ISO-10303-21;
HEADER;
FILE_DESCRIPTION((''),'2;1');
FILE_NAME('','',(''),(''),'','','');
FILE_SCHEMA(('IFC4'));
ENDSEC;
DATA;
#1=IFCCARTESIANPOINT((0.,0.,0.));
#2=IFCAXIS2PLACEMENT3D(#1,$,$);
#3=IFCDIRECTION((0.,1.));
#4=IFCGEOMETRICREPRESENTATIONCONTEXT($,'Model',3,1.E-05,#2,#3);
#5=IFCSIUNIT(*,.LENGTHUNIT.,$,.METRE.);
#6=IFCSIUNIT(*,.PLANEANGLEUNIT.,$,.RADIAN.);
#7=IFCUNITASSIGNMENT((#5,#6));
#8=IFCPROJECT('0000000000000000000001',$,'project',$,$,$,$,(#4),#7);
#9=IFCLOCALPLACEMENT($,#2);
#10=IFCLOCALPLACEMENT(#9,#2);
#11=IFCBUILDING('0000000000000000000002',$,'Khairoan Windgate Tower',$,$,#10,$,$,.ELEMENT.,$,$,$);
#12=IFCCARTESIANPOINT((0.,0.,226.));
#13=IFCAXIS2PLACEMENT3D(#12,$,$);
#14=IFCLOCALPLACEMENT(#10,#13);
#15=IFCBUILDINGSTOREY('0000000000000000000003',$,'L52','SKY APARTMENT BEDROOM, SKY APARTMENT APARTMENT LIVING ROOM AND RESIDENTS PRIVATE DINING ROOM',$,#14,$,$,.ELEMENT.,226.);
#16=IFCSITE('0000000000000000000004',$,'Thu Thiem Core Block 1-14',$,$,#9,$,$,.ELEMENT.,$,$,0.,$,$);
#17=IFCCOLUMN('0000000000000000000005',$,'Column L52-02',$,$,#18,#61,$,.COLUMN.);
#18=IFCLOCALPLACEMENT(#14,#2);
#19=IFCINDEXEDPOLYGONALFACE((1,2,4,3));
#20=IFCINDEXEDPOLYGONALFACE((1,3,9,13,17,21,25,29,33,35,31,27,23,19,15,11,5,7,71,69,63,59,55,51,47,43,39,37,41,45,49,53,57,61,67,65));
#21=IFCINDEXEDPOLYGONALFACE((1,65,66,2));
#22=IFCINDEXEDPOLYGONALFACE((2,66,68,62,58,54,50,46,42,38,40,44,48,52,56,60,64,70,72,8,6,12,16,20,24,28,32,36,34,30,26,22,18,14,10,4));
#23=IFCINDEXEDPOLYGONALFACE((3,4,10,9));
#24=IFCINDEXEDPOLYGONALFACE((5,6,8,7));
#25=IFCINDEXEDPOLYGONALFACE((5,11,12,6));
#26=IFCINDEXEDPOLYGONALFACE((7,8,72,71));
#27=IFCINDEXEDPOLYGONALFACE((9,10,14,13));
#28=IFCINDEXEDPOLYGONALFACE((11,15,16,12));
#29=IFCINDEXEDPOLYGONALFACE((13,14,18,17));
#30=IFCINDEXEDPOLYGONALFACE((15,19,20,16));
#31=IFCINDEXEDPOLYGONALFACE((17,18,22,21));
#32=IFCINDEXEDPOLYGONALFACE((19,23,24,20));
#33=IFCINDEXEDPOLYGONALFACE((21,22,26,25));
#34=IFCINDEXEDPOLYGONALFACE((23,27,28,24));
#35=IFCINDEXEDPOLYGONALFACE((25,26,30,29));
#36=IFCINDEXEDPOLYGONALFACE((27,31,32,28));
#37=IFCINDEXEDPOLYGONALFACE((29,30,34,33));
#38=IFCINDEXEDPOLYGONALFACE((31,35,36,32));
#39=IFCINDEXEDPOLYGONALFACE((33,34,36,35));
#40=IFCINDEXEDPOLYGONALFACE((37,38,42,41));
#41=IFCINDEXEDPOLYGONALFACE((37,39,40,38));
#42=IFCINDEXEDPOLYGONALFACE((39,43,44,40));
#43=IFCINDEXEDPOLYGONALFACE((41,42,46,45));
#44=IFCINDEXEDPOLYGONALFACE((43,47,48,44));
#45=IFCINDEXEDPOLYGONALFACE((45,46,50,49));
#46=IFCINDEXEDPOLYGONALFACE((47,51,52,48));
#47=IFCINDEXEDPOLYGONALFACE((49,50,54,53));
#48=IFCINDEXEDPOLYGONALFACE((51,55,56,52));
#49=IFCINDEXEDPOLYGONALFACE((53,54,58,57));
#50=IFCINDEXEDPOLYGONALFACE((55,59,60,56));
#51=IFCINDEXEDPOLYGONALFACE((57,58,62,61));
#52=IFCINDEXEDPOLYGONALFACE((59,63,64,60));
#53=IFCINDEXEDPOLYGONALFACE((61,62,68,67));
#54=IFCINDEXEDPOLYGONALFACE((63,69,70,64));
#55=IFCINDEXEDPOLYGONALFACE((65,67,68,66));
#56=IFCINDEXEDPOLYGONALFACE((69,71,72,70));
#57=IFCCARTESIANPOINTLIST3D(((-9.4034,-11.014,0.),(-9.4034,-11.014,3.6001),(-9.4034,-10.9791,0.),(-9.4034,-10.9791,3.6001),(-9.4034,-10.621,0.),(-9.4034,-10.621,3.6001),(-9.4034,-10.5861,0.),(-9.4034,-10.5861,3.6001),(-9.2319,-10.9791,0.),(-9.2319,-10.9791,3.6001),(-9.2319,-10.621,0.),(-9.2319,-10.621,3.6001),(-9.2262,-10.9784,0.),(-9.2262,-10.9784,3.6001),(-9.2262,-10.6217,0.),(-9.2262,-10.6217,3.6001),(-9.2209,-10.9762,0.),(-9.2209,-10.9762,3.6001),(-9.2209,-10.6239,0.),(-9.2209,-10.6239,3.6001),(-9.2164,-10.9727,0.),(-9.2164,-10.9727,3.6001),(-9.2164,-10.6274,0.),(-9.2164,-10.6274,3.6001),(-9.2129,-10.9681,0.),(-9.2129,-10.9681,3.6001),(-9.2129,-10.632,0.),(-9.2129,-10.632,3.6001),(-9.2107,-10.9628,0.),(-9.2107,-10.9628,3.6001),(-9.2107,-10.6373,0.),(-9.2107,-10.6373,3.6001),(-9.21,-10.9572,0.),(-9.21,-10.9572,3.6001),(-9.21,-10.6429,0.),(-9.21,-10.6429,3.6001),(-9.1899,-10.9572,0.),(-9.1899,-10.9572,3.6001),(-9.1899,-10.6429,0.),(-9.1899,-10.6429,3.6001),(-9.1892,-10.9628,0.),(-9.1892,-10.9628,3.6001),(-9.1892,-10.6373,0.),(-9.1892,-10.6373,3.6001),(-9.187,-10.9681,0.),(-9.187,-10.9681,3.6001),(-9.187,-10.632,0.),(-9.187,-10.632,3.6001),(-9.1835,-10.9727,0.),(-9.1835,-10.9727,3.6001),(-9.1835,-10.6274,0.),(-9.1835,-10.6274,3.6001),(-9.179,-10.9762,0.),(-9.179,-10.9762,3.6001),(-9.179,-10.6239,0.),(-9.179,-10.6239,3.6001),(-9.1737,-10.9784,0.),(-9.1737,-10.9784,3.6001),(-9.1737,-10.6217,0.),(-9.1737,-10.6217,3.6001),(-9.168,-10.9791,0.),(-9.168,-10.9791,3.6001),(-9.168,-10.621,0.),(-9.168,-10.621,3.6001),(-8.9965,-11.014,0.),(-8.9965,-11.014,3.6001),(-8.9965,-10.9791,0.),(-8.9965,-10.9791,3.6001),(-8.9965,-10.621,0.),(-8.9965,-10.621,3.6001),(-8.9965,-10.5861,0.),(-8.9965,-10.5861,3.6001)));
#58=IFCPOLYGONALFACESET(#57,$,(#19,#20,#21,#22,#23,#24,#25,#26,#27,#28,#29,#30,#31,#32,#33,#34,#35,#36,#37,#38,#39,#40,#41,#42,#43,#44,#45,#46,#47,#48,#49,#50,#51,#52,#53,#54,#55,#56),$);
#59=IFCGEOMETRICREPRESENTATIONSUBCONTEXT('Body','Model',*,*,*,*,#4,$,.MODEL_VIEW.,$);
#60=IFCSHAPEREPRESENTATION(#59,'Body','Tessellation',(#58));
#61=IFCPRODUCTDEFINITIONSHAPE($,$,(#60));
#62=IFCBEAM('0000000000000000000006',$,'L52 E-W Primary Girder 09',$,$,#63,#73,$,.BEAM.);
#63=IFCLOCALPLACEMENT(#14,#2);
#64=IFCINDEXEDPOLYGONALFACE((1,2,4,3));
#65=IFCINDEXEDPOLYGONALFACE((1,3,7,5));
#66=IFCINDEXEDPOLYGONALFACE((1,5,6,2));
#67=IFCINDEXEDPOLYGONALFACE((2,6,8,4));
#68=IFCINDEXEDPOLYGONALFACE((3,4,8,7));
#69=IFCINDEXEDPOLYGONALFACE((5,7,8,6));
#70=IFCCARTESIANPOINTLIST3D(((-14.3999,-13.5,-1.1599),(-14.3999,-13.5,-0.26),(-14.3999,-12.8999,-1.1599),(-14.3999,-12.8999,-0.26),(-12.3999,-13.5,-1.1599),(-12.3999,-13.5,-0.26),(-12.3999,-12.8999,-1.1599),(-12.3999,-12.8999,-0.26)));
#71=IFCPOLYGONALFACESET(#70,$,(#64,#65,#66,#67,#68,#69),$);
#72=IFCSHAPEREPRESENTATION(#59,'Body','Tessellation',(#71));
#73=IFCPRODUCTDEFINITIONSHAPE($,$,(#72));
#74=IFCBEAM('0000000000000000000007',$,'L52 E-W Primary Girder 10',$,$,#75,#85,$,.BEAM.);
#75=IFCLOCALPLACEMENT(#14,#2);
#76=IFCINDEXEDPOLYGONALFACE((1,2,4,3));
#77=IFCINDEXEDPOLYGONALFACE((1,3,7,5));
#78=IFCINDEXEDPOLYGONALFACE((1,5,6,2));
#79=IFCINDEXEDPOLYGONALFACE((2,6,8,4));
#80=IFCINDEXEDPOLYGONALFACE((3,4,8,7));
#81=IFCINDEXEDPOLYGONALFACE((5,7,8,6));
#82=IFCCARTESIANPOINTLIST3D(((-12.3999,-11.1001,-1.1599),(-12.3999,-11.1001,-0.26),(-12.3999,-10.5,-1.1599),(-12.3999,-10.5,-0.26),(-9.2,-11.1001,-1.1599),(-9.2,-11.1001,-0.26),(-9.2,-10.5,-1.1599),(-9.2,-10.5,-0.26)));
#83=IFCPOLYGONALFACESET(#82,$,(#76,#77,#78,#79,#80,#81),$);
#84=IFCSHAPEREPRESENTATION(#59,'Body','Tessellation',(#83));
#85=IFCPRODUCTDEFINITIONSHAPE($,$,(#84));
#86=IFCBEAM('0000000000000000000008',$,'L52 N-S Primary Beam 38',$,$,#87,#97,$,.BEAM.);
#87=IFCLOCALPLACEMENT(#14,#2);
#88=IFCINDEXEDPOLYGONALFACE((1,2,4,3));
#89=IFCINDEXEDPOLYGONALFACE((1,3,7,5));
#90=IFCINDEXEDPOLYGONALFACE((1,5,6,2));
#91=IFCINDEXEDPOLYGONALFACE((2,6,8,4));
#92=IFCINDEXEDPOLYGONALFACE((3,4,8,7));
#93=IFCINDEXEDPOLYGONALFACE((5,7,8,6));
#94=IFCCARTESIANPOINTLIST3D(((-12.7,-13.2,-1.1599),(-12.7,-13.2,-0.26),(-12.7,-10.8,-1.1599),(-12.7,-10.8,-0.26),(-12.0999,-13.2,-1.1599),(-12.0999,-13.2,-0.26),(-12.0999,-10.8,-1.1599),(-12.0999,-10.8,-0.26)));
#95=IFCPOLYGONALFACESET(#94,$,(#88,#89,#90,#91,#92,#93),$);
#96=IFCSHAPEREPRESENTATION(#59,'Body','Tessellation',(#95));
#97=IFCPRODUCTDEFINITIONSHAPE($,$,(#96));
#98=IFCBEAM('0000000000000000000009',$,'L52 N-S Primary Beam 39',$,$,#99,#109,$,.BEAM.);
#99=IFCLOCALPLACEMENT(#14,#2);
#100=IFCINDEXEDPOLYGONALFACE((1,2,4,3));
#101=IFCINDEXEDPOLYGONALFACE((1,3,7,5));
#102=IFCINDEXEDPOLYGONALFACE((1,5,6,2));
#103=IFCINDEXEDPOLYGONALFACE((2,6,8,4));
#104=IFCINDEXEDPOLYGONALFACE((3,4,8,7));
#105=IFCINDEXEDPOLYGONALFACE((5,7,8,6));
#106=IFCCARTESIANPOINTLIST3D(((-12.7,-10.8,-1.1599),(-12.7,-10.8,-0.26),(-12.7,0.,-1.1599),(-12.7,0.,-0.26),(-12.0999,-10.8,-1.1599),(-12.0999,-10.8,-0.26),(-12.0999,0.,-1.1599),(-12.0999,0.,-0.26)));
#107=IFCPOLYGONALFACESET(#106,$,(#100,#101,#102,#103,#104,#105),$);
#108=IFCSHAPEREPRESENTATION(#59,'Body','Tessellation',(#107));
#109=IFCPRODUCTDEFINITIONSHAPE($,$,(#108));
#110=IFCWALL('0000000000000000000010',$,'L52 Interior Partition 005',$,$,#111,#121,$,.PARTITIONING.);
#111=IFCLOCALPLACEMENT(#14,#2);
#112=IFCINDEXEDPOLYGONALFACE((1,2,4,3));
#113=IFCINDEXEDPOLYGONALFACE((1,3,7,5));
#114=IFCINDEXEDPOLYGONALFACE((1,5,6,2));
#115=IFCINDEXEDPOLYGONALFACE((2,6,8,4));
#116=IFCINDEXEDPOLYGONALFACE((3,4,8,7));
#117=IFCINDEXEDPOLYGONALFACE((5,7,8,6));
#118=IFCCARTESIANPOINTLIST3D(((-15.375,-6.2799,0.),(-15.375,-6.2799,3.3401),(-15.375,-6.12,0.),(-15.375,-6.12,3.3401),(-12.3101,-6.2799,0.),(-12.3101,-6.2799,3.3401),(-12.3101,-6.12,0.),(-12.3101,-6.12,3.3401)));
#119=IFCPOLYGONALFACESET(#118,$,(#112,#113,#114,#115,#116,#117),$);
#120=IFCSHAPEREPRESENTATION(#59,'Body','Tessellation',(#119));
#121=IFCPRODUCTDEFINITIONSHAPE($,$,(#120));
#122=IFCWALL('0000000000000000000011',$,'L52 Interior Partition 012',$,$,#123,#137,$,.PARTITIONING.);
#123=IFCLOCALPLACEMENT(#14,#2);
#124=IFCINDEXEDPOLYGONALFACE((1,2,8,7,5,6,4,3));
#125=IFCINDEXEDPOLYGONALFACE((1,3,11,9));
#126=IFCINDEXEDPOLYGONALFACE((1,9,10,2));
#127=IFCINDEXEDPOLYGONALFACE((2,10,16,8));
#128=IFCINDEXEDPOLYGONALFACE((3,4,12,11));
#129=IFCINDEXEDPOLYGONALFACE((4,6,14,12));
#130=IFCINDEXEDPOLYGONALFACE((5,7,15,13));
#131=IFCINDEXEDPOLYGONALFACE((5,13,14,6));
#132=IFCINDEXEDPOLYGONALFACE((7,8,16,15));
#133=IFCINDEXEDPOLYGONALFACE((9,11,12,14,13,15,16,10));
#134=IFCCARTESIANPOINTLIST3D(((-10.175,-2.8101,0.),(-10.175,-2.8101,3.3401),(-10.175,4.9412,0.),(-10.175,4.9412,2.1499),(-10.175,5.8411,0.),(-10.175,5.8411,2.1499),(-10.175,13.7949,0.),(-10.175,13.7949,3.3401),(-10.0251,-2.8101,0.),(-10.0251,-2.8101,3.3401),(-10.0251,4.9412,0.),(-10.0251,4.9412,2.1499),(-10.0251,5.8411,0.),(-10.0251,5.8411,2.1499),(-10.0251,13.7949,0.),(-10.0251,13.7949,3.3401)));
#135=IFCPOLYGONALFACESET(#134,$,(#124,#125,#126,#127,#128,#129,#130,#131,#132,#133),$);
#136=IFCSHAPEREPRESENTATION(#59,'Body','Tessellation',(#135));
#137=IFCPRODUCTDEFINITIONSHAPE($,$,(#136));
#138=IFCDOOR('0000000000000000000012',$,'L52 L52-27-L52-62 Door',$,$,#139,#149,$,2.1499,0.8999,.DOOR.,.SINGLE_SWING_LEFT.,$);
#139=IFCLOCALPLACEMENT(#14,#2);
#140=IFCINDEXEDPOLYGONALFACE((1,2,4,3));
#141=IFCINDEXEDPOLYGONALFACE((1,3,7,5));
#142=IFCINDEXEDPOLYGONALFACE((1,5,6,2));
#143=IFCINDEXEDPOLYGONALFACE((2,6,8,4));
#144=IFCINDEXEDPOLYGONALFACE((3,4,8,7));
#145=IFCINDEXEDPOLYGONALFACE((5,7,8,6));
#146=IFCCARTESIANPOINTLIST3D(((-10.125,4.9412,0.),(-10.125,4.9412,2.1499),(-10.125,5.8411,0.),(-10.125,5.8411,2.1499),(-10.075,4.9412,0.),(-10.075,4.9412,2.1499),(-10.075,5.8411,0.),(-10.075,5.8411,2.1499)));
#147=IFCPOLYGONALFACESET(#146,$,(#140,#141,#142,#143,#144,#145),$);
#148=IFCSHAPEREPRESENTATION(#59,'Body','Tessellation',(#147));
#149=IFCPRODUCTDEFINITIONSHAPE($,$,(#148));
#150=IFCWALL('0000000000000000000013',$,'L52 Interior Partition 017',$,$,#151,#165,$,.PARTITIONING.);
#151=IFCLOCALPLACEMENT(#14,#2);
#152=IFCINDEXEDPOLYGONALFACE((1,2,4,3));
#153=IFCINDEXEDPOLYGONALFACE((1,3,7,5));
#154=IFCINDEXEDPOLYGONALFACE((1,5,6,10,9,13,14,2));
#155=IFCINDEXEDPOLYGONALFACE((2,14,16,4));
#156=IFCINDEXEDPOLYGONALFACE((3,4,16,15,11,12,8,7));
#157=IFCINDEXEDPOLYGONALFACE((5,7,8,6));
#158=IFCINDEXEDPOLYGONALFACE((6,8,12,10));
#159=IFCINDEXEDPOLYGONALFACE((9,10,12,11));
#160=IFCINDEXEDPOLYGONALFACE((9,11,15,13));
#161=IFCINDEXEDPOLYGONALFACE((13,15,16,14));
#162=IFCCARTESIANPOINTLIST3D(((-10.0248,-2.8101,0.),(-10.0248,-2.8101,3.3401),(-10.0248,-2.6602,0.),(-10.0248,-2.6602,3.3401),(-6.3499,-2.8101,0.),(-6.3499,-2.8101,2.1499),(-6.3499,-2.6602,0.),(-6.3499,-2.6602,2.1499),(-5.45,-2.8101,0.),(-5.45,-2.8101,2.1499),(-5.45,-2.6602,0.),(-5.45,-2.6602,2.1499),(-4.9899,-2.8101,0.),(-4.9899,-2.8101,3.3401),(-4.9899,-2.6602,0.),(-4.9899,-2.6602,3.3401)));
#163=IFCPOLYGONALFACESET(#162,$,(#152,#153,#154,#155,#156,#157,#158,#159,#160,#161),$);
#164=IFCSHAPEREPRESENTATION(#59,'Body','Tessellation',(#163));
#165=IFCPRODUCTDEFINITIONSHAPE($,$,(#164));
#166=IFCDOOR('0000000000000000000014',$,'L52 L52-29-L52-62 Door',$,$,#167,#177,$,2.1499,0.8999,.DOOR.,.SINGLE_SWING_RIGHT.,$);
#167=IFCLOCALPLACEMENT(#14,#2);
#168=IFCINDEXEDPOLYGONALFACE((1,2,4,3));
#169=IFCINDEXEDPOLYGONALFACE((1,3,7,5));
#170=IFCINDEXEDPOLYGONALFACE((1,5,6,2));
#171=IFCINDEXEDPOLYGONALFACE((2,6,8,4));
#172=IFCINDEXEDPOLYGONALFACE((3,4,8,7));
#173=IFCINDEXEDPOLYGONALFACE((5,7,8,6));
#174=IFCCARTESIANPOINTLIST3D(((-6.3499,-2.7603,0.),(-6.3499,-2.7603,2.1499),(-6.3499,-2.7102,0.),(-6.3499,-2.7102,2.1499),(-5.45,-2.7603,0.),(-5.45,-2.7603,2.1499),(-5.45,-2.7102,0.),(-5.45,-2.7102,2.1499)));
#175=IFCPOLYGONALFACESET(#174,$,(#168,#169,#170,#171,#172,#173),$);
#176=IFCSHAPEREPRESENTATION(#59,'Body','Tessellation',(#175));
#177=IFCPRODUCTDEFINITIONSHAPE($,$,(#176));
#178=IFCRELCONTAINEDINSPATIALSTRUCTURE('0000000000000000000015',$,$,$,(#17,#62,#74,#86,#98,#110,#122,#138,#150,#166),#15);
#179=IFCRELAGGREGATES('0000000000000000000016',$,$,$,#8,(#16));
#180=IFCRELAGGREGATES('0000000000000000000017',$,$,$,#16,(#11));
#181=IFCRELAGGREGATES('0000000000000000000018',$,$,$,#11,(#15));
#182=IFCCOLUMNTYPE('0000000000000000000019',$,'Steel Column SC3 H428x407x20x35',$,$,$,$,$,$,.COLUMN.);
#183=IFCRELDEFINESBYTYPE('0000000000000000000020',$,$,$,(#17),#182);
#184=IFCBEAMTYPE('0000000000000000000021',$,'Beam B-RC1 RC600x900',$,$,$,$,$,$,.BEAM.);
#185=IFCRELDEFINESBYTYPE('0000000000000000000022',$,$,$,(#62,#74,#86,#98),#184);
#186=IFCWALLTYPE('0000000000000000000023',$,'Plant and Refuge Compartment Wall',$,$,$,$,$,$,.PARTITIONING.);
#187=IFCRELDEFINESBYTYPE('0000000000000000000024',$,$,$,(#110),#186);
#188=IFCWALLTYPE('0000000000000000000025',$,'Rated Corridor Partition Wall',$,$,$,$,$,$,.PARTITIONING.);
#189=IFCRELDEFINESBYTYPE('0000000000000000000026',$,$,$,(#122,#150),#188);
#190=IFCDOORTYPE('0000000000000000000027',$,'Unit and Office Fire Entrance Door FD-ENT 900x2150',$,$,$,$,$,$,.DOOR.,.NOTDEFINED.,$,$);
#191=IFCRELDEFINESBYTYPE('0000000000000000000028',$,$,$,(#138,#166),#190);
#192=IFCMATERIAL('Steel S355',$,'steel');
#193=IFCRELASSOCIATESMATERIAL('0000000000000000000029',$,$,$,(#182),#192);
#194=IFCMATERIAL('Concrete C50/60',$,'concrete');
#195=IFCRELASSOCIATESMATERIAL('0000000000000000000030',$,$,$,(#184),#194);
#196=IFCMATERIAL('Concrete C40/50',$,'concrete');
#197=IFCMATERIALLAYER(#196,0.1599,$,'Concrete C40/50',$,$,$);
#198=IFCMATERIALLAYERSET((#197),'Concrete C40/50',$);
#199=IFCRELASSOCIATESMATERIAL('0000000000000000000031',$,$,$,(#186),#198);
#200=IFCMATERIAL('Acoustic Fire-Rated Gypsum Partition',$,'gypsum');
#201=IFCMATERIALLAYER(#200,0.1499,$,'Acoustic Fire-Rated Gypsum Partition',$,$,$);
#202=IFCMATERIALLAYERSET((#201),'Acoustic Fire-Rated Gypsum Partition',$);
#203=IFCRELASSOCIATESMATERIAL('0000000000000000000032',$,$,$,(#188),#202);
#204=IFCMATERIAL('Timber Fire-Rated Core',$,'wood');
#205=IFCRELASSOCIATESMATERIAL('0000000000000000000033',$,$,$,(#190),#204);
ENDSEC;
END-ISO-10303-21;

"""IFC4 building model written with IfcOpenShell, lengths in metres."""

from ifc_helpers import new_model, si_unit, direction, frame, frame_2d, origin, origin_2d, place, context, subcontext, project, spatial, rectangle, i_section, extrude, material, layer, layer_set, material_profile, profile_set, type_object, element, fill, save


model = new_model("IFC4")

# Units and contexts
model_context = context("Model", 3, precision=1e-05, world=origin(), true_north=direction((0.0, 1.0)))
body_context = subcontext(model_context, "Body", "Model", "MODEL_VIEW")
ifc_project = project(units=[si_unit("LENGTHUNIT", "METRE"), si_unit("PLANEANGLEUNIT", "RADIAN")], contexts=[model_context])

# Site, building, storey
site_placement = place(None, origin())
site = spatial("IfcSite", under=ifc_project, at=site_placement, Name="Thu Thiem Core Block 1-14", CompositionType="ELEMENT", RefElevation=0.0)
building_placement = place(site_placement, origin())
building = spatial("IfcBuilding", under=site, at=building_placement, Name="Khairoan Windgate Tower", CompositionType="ELEMENT")
storey_placement = place(building_placement, frame((0.0, 0.0, 226.0)))
storey = spatial("IfcBuildingStorey", under=building, at=storey_placement, Name="L52", Description="SKY APARTMENT BEDROOM, SKY APARTMENT APARTMENT LIVING ROOM AND RESIDENTS PRIVATE DINING ROOM", CompositionType="ELEMENT", Elevation=226.0)

# Column
ifc_material_1 = material(Name="Steel S355", Category="steel")
ifc_material_profile_1 = material_profile(ifc_material_1, i_section(OverallWidth=0.407, OverallDepth=0.428, WebThickness=0.02, FlangeThickness=0.0349, FilletRadius=0.022, at=origin_2d()))
ifc_profile_set_1 = profile_set([ifc_material_profile_1], Name="Steel S355")
column_type = type_object("IfcColumnType", Name="Steel Column SC3 H428x407x20x35", PredefinedType="COLUMN", material=ifc_profile_set_1)
column_placement = place(storey_placement, frame((-9.2, -10.8, 0.0), z_axis=(0.0, 0.0, 1.0), x_axis=(1.0, 0.0, 0.0)))
element("IfcColumn", 1, at=column_placement, inside=storey, type_object=column_type, Name="Column L52-02", PredefinedType="COLUMN", context=body_context, shape_type="SweptSolid", body=[
    extrude(i_section(OverallWidth=0.407, OverallDepth=0.428, WebThickness=0.02, FlangeThickness=0.0349, FilletRadius=0.022, at=origin_2d()), origin(), (0.0, 0.0, 1.0), 3.6001),
])

# Beams
ifc_material_2 = material(Name="Concrete C50/60", Category="concrete")
ifc_material_profile_2 = material_profile(ifc_material_2, rectangle(XDim=0.6001, YDim=0.8999, at=origin_2d()))
ifc_profile_set_2 = profile_set([ifc_material_profile_2], Name="Concrete C50/60")
beam_type = type_object("IfcBeamType", Name="Beam B-RC1 RC600x900", PredefinedType="BEAM", material=ifc_profile_set_2)
beam_1_placement = place(storey_placement, frame((-14.3999, -13.2, -0.71), z_axis=(1.0, 0.0, 0.0), x_axis=(0.0, 1.0, 0.0)))
element("IfcBeam", 2, at=beam_1_placement, inside=storey, type_object=beam_type, Name="L52 E-W Primary Girder 09", PredefinedType="BEAM", context=body_context, shape_type="SweptSolid", body=[
    extrude(rectangle(XDim=0.6001, YDim=0.8999, at=origin_2d()), origin(), (0.0, 0.0, 1.0), 2.0),
])
beam_2_placement = place(storey_placement, frame((-12.3999, -10.8, -0.71), z_axis=(1.0, 0.0, 0.0), x_axis=(0.0, 1.0, 0.0)))
element("IfcBeam", 3, at=beam_2_placement, inside=storey, type_object=beam_type, Name="L52 E-W Primary Girder 10", PredefinedType="BEAM", context=body_context, shape_type="SweptSolid", body=[
    extrude(rectangle(XDim=0.6001, YDim=0.8999, at=origin_2d()), origin(), (0.0, 0.0, 1.0), 3.2),
])
beam_3_placement = place(storey_placement, frame((-12.3999, -13.2, -0.71), z_axis=(0.0, 1.0, 0.0), x_axis=(-1.0, 0.0, 0.0)))
element("IfcBeam", 4, at=beam_3_placement, inside=storey, type_object=beam_type, Name="L52 N-S Primary Beam 38", PredefinedType="BEAM", context=body_context, shape_type="SweptSolid", body=[
    extrude(rectangle(XDim=0.6001, YDim=0.8999, at=origin_2d()), origin(), (0.0, 0.0, 1.0), 2.3999),
])
beam_4_placement = place(storey_placement, frame((-12.3999, -10.8, -0.71), z_axis=(0.0, 1.0, 0.0), x_axis=(-1.0, 0.0, 0.0)))
element("IfcBeam", 5, at=beam_4_placement, inside=storey, type_object=beam_type, Name="L52 N-S Primary Beam 39", PredefinedType="BEAM", context=body_context, shape_type="SweptSolid", body=[
    extrude(rectangle(XDim=0.6001, YDim=0.8999, at=origin_2d()), origin(), (0.0, 0.0, 1.0), 10.8),
])

# Wall
ifc_material_3 = material(Name="Concrete C40/50", Category="concrete")
ifc_layer_1 = layer(ifc_material_3, 0.1599, Name="Concrete C40/50")
ifc_layer_set_1 = layer_set([ifc_layer_1], Name="Concrete C40/50")
wall_type_1 = type_object("IfcWallType", Name="Plant and Refuge Compartment Wall", PredefinedType="PARTITIONING", material=ifc_layer_set_1)
wall_1_placement = place(storey_placement, frame((-15.375, -6.2, 0.0), z_axis=(0.0, 0.0, 1.0), x_axis=(1.0, 0.0, 0.0)))
element("IfcWall", 6, at=wall_1_placement, inside=storey, type_object=wall_type_1, Name="L52 Interior Partition 005", PredefinedType="PARTITIONING", context=body_context, shape_type="SweptSolid", body=[
    extrude(rectangle(XDim=3.0649, YDim=0.1599, at=frame_2d((1.5325, 0.0))), origin(), (0.0, 0.0, 1.0), 3.3401),
])

# Walls, openings, doors
ifc_material_4 = material(Name="Acoustic Fire-Rated Gypsum Partition", Category="gypsum")
ifc_layer_2 = layer(ifc_material_4, 0.1499, Name="Acoustic Fire-Rated Gypsum Partition")
ifc_layer_set_2 = layer_set([ifc_layer_2], Name="Acoustic Fire-Rated Gypsum Partition")
wall_type_2 = type_object("IfcWallType", Name="Rated Corridor Partition Wall", PredefinedType="PARTITIONING", material=ifc_layer_set_2)
wall_2_placement = place(storey_placement, frame((-10.1001, -2.8101, 0.0), z_axis=(0.0, 0.0, 1.0), x_axis=(0.0, 1.0, 0.0)))
wall_2 = element("IfcWall", 7, at=wall_2_placement, inside=storey, type_object=wall_type_2, Name="L52 Interior Partition 012", PredefinedType="PARTITIONING", context=body_context, shape_type="SweptSolid", body=[
    extrude(rectangle(XDim=16.605, YDim=0.1499, at=frame_2d((8.3025, 0.0))), origin(), (0.0, 0.0, 1.0), 3.3401),
])
opening_1_placement = place(wall_2_placement, frame((7.7512, 0.0, 0.0)))
opening_1 = element("IfcOpeningElement", 8, at=opening_1_placement, cuts=wall_2, PredefinedType="OPENING", context=body_context, shape_type="SweptSolid", body=[
    extrude(rectangle(XDim=0.8999, YDim=2.1499, at=frame_2d((0.45, 1.075))), frame((0.0, 0.085, 0.0), z_axis=(0.0, -1.0, 0.0), x_axis=(1.0, 0.0, 0.0)), (0.0, 0.0, 1.0), 0.1699),
])
ifc_material_5 = material(Name="Timber Fire-Rated Core", Category="wood")
door_type_1 = type_object("IfcDoorType", Name="Unit and Office Fire Entrance Door FD-ENT 900x2150", OperationType="NOTDEFINED", PredefinedType="DOOR", material=ifc_material_5)
door_1_placement = place(opening_1_placement, origin())
door_1 = element("IfcDoor", 9, at=door_1_placement, inside=storey, type_object=door_type_1, Name="L52 L52-27-L52-62 Door", OperationType="SINGLE_SWING_LEFT", OverallHeight=2.1499, OverallWidth=0.8999, PredefinedType="DOOR", context=body_context, shape_type="SweptSolid", body=[
    extrude(rectangle(XDim=0.8999, YDim=2.1499, at=frame_2d((0.45, 1.075))), frame((0.0, 0.0249, 0.0), z_axis=(0.0, -1.0, 0.0), x_axis=(1.0, 0.0, 0.0)), (0.0, 0.0, 1.0), 0.05),
])
fill(opening_1, door_1)
wall_3_placement = place(storey_placement, frame((-10.0249, -2.7351, 0.0), z_axis=(0.0, 0.0, 1.0), x_axis=(1.0, 0.0, 0.0)))
wall_3 = element("IfcWall", 10, at=wall_3_placement, inside=storey, type_object=wall_type_2, Name="L52 Interior Partition 017", PredefinedType="PARTITIONING", context=body_context, shape_type="SweptSolid", body=[
    extrude(rectangle(XDim=5.0349, YDim=0.1499, at=frame_2d((2.5176, 0.0))), origin(), (0.0, 0.0, 1.0), 3.3401),
])
opening_2_placement = place(wall_3_placement, frame((3.675, 0.0, 0.0)))
opening_2 = element("IfcOpeningElement", 11, at=opening_2_placement, cuts=wall_3, PredefinedType="OPENING", context=body_context, shape_type="SweptSolid", body=[
    extrude(rectangle(XDim=0.8999, YDim=2.1499, at=frame_2d((0.45, 1.075))), frame((0.0, 0.085, 0.0), z_axis=(0.0, -1.0, 0.0), x_axis=(1.0, 0.0, 0.0)), (0.0, 0.0, 1.0), 0.1699),
])
door_2_placement = place(opening_2_placement, origin())
door_2 = element("IfcDoor", 12, at=door_2_placement, inside=storey, type_object=door_type_1, Name="L52 L52-29-L52-62 Door", OperationType="SINGLE_SWING_RIGHT", OverallHeight=2.1499, OverallWidth=0.8999, PredefinedType="DOOR", context=body_context, shape_type="SweptSolid", body=[
    extrude(rectangle(XDim=0.8999, YDim=2.1499, at=frame_2d((0.45, 1.075))), frame((0.0, 0.0249, 0.0), z_axis=(0.0, -1.0, 0.0), x_axis=(1.0, 0.0, 0.0)), (0.0, 0.0, 1.0), 0.05),
])
fill(opening_2, door_2)

save(model, "model.ifc")
